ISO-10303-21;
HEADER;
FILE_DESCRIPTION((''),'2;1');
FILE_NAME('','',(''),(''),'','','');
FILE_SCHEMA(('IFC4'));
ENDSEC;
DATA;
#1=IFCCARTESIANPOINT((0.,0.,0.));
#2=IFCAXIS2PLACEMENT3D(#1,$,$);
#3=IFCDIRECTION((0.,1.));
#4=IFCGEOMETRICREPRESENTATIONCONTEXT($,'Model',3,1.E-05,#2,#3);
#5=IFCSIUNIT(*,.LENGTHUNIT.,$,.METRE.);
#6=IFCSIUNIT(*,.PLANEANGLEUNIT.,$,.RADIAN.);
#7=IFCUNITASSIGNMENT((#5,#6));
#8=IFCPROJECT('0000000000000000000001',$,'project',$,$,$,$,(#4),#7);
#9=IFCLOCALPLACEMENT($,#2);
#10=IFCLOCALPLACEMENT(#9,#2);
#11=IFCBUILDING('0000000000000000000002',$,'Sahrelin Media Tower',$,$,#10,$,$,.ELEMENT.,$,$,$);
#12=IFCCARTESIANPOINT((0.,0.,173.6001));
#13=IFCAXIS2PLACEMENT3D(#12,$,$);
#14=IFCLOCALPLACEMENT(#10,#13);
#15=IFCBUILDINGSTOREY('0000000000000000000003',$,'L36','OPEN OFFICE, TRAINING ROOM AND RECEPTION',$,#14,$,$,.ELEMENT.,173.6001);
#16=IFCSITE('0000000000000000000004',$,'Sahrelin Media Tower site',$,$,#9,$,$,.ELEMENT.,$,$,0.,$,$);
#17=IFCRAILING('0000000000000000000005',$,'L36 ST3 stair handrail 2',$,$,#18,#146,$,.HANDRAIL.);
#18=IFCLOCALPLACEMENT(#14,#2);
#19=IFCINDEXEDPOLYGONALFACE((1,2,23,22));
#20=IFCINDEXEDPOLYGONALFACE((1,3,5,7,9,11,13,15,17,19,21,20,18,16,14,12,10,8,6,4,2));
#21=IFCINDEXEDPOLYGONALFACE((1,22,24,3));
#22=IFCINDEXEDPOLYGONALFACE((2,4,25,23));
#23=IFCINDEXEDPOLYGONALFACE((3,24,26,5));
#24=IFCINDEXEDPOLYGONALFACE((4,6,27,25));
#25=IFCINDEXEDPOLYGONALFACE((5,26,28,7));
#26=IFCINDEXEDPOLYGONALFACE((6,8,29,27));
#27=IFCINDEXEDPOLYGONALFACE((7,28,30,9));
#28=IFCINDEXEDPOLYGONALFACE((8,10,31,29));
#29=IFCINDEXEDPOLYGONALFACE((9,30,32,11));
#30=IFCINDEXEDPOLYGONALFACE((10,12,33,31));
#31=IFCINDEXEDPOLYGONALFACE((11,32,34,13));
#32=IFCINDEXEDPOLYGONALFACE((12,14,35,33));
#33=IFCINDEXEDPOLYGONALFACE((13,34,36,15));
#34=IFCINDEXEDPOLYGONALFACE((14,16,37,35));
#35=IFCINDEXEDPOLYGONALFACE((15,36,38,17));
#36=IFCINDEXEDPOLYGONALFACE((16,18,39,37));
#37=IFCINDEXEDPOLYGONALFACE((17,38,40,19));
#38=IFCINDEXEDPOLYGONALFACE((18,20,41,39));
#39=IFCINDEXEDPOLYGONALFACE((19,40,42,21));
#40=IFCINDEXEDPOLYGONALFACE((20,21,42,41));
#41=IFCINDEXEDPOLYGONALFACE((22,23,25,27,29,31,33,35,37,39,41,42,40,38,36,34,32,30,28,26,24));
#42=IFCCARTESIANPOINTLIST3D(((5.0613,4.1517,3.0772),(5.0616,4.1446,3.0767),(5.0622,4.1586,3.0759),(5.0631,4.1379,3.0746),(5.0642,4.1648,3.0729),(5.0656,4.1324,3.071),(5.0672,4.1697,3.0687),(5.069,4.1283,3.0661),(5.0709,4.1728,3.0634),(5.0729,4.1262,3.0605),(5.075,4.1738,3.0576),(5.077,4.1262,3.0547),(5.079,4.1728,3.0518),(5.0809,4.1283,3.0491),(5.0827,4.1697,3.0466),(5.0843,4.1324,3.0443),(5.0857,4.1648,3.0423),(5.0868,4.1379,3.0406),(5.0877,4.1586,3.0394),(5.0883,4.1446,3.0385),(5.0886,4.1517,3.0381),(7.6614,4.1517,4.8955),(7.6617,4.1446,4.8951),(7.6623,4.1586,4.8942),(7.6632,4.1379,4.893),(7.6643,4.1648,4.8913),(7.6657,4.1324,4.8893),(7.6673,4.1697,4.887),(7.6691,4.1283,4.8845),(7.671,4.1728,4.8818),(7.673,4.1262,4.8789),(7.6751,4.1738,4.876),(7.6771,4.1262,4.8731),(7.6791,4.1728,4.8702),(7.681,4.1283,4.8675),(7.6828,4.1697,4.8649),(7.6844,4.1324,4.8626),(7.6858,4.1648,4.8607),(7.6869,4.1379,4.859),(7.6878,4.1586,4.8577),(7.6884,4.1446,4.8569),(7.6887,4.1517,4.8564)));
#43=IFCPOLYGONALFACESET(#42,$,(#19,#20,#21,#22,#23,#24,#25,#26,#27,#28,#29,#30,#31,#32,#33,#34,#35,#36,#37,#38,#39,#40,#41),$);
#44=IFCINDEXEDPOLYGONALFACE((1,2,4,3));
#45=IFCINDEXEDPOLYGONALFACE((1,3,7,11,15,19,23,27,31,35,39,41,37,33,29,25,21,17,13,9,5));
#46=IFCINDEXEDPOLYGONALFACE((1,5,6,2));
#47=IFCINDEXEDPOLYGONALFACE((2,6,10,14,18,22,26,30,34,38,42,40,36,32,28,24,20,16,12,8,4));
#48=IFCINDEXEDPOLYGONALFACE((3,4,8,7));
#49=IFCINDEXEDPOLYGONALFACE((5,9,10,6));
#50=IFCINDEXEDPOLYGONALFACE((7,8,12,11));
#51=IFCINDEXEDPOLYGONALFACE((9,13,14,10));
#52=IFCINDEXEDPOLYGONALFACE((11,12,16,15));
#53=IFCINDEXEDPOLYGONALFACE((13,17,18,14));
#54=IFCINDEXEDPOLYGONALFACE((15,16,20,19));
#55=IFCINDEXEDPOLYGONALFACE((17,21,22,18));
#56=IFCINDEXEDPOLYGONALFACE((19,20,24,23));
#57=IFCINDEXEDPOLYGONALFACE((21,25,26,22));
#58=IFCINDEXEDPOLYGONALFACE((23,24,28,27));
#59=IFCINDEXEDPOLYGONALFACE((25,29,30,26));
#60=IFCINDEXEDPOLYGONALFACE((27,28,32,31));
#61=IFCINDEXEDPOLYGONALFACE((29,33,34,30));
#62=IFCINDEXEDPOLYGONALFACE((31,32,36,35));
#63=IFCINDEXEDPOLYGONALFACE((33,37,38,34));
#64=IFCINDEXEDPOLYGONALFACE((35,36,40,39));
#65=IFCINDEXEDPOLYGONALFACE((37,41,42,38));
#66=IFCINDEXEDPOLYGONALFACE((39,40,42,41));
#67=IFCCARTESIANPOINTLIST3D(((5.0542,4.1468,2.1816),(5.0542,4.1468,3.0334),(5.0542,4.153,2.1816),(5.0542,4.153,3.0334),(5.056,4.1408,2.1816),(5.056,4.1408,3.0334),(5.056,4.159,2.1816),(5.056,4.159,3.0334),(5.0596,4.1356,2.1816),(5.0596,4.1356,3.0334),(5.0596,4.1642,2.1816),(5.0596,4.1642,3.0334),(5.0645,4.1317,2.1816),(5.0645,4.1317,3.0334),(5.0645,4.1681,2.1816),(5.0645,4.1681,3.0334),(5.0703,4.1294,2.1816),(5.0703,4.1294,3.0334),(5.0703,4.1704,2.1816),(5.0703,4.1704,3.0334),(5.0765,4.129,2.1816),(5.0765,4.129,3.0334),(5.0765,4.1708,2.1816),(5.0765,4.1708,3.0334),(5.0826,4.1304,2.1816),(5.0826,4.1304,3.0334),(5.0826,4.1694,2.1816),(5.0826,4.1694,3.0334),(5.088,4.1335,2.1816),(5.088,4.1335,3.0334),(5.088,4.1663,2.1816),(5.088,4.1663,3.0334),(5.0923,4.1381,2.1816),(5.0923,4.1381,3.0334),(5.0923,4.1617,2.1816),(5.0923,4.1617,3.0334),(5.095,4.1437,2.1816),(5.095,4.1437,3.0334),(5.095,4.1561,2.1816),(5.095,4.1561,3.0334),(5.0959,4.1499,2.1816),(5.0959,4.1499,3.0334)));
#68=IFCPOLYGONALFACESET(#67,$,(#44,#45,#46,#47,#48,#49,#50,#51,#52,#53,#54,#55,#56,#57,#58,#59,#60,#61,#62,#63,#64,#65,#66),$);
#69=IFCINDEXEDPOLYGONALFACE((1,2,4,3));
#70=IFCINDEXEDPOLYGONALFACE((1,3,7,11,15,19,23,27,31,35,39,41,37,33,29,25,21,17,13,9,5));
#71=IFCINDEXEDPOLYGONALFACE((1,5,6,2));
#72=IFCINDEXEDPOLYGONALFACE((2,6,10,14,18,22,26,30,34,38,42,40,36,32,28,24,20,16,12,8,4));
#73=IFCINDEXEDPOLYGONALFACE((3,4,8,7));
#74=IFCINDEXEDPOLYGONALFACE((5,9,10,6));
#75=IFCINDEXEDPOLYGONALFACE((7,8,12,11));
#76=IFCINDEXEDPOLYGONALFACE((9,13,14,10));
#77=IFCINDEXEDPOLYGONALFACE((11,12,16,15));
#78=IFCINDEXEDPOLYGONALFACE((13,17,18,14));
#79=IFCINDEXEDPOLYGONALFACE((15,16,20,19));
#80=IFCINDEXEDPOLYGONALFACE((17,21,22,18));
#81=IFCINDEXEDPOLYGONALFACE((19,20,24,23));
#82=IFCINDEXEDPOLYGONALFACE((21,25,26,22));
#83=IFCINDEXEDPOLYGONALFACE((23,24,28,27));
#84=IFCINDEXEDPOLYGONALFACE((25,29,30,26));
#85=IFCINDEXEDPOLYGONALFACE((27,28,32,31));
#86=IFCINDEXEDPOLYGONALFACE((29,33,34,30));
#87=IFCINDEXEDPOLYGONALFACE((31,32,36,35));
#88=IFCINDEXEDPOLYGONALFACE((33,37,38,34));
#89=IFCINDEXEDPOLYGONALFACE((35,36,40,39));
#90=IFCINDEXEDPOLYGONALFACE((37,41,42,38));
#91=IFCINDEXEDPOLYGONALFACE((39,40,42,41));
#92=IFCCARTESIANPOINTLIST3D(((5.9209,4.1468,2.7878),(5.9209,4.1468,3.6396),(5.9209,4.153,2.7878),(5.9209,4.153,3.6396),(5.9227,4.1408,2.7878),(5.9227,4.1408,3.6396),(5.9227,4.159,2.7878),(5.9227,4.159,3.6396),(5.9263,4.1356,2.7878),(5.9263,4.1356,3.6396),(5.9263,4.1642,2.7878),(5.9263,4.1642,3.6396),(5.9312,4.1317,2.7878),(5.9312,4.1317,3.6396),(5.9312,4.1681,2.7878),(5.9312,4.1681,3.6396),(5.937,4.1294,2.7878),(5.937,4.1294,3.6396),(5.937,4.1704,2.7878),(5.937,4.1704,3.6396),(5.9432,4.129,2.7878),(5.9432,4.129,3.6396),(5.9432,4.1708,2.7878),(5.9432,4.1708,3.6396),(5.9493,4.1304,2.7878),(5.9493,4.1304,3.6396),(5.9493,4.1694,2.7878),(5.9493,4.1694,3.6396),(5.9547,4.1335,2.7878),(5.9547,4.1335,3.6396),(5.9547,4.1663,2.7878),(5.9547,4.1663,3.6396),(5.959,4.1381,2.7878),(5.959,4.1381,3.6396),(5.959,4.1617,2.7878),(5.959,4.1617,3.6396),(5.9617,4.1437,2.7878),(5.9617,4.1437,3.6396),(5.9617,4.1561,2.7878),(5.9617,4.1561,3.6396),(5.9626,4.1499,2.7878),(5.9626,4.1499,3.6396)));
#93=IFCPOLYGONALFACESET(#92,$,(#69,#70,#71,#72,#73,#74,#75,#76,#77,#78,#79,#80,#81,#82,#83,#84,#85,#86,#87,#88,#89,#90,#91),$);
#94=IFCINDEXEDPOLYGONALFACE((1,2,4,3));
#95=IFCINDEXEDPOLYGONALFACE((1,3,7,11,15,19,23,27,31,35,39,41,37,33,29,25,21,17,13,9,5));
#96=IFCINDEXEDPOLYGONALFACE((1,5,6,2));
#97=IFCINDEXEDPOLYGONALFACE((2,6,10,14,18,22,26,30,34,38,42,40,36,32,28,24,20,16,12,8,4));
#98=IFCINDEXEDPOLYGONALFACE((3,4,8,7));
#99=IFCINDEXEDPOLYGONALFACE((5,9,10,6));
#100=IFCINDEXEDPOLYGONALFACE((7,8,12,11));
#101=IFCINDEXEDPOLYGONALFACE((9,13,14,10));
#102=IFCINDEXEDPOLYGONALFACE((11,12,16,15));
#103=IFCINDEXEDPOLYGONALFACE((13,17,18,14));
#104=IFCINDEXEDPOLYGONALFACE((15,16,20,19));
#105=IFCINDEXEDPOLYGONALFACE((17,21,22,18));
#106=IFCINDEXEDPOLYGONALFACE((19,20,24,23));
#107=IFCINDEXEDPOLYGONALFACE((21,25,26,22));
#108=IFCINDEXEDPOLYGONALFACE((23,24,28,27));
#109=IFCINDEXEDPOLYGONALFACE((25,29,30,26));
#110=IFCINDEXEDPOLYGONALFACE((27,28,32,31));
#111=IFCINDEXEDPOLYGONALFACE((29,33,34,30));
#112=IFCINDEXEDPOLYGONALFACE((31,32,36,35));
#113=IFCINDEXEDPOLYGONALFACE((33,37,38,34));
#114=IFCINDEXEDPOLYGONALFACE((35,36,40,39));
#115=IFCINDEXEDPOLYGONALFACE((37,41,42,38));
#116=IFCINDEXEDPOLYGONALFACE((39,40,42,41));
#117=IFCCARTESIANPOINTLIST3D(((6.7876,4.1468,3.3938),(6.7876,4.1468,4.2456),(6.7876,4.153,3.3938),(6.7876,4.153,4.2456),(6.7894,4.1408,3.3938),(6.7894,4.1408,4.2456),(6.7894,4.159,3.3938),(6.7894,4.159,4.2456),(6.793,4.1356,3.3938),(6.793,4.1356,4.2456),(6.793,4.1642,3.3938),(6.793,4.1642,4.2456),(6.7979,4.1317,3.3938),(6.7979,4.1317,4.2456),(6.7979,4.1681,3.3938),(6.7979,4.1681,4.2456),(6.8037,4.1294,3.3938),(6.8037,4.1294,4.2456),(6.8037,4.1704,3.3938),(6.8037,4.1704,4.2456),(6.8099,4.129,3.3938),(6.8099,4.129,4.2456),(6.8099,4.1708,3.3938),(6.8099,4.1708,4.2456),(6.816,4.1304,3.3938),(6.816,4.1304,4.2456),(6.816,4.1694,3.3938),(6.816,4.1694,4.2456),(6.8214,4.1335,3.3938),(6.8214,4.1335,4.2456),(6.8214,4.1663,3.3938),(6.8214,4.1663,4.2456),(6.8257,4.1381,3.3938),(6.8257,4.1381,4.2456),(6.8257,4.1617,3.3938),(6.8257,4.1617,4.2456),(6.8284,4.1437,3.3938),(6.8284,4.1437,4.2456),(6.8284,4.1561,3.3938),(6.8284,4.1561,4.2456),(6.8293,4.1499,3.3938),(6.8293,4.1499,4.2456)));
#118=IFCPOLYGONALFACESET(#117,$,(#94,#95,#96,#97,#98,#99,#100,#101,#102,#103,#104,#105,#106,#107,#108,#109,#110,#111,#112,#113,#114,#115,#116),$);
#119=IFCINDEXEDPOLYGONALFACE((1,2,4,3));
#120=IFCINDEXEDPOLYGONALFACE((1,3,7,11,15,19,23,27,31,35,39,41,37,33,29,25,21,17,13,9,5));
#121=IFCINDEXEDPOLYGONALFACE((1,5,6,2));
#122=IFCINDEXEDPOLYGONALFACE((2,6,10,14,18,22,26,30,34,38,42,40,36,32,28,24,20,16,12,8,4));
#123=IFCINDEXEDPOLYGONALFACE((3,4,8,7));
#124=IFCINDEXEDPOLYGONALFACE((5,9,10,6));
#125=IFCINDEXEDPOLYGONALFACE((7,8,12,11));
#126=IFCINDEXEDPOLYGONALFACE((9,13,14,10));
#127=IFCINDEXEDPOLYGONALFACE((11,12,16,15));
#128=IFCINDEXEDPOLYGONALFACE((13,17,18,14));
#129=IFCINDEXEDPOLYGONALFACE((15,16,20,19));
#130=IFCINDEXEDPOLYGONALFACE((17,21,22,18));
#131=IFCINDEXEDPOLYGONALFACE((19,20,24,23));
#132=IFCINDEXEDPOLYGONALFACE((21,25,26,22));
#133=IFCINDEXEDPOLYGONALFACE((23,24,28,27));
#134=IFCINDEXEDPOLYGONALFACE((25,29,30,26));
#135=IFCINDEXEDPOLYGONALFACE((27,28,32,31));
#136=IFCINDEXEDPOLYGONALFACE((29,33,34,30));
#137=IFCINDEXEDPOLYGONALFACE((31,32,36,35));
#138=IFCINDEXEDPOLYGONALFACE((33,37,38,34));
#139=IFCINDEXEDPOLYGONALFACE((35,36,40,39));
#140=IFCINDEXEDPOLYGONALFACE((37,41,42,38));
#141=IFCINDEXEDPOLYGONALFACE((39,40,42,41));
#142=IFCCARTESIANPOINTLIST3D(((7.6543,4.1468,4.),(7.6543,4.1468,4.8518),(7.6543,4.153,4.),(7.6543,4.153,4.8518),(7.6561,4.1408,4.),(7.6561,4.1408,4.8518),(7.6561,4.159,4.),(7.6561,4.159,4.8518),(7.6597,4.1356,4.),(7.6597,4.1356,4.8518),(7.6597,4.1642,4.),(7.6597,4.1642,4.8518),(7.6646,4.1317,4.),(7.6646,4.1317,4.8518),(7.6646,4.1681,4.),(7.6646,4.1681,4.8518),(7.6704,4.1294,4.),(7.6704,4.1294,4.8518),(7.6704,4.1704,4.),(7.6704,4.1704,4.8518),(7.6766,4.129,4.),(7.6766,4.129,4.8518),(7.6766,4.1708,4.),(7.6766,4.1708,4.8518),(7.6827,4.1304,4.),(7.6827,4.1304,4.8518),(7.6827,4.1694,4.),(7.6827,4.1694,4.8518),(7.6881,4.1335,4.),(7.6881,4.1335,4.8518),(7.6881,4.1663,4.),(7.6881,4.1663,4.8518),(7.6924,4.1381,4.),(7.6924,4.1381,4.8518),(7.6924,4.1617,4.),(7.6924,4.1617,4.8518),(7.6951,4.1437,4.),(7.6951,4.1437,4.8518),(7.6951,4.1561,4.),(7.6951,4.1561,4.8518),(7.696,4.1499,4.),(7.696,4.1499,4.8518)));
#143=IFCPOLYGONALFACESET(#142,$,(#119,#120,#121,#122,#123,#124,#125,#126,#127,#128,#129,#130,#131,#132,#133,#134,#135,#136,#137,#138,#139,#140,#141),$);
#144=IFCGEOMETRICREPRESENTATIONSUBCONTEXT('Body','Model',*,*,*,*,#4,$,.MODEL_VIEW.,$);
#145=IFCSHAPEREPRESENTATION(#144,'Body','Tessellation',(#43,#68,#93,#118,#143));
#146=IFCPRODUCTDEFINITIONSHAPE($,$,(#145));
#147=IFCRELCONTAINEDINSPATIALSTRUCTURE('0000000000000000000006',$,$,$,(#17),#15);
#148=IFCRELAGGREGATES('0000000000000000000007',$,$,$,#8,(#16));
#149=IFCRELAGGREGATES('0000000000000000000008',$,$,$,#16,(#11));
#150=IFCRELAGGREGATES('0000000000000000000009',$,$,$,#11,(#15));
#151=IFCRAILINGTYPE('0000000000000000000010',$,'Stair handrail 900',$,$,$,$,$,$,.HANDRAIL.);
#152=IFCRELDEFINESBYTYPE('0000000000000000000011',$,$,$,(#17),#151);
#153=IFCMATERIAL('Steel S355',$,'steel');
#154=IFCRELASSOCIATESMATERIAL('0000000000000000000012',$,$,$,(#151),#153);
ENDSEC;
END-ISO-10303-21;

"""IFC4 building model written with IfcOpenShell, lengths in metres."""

from ifc_helpers import new_model, si_unit, direction, frame, origin, origin_2d, place, context, subcontext, project, spatial, circle, extrude, material, type_object, element, save


model = new_model("IFC4")

# Units and contexts
model_context = context("Model", 3, precision=1e-05, world=origin(), true_north=direction((0.0, 1.0)))
body_context = subcontext(model_context, "Body", "Model", "MODEL_VIEW")
ifc_project = project(units=[si_unit("LENGTHUNIT", "METRE"), si_unit("PLANEANGLEUNIT", "RADIAN")], contexts=[model_context])

# Site, building, storey
site_placement = place(None, origin())
site = spatial("IfcSite", under=ifc_project, at=site_placement, Name="Sahrelin Media Tower site", CompositionType="ELEMENT", RefElevation=0.0)
building_placement = place(site_placement, origin())
building = spatial("IfcBuilding", under=site, at=building_placement, Name="Sahrelin Media Tower", CompositionType="ELEMENT")
storey_placement = place(building_placement, frame((0.0, 0.0, 173.6001)))
storey = spatial("IfcBuildingStorey", under=building, at=storey_placement, Name="L36", Description="OPEN OFFICE, TRAINING ROOM AND RECEPTION", CompositionType="ELEMENT", Elevation=173.6001)

# Shared definitions
ifc_material_1 = material(Name="Steel S355", Category="steel")

# Railing
railing_type_1 = type_object("IfcRailingType", Name="Stair handrail 900", PredefinedType="HANDRAIL", material=ifc_material_1)
railing_1_placement = place(storey_placement, frame((5.075, 4.1499, 2.1816)))
element("IfcRailing", 1, at=railing_1_placement, inside=storey, type_object=railing_type_1, Name="L36 ST3 stair handrail 2", PredefinedType="HANDRAIL", context=body_context, shape_type="SweptSolid", body=[
    extrude(circle(Radius=0.0239, at=origin_2d()), frame((0.0, 0.0, 0.876), z_axis=(0.819485, 0.0, 0.573101), x_axis=(0.0, 1.0, 0.0)), (0.0, 0.0, 1.0), 3.1729),
    extrude(circle(Radius=0.021, at=origin_2d()), origin(), (0.0, 0.0, 1.0), 0.8518),
    extrude(circle(Radius=0.021, at=origin_2d()), frame((0.8667, 0.0, 0.6062)), (0.0, 0.0, 1.0), 0.8518),
    extrude(circle(Radius=0.021, at=origin_2d()), frame((1.7334, 0.0, 1.2122)), (0.0, 0.0, 1.0), 0.8518),
    extrude(circle(Radius=0.021, at=origin_2d()), frame((2.6001, 0.0, 1.8184)), (0.0, 0.0, 1.0), 0.8518),
])

save(model, "model.ifc")
